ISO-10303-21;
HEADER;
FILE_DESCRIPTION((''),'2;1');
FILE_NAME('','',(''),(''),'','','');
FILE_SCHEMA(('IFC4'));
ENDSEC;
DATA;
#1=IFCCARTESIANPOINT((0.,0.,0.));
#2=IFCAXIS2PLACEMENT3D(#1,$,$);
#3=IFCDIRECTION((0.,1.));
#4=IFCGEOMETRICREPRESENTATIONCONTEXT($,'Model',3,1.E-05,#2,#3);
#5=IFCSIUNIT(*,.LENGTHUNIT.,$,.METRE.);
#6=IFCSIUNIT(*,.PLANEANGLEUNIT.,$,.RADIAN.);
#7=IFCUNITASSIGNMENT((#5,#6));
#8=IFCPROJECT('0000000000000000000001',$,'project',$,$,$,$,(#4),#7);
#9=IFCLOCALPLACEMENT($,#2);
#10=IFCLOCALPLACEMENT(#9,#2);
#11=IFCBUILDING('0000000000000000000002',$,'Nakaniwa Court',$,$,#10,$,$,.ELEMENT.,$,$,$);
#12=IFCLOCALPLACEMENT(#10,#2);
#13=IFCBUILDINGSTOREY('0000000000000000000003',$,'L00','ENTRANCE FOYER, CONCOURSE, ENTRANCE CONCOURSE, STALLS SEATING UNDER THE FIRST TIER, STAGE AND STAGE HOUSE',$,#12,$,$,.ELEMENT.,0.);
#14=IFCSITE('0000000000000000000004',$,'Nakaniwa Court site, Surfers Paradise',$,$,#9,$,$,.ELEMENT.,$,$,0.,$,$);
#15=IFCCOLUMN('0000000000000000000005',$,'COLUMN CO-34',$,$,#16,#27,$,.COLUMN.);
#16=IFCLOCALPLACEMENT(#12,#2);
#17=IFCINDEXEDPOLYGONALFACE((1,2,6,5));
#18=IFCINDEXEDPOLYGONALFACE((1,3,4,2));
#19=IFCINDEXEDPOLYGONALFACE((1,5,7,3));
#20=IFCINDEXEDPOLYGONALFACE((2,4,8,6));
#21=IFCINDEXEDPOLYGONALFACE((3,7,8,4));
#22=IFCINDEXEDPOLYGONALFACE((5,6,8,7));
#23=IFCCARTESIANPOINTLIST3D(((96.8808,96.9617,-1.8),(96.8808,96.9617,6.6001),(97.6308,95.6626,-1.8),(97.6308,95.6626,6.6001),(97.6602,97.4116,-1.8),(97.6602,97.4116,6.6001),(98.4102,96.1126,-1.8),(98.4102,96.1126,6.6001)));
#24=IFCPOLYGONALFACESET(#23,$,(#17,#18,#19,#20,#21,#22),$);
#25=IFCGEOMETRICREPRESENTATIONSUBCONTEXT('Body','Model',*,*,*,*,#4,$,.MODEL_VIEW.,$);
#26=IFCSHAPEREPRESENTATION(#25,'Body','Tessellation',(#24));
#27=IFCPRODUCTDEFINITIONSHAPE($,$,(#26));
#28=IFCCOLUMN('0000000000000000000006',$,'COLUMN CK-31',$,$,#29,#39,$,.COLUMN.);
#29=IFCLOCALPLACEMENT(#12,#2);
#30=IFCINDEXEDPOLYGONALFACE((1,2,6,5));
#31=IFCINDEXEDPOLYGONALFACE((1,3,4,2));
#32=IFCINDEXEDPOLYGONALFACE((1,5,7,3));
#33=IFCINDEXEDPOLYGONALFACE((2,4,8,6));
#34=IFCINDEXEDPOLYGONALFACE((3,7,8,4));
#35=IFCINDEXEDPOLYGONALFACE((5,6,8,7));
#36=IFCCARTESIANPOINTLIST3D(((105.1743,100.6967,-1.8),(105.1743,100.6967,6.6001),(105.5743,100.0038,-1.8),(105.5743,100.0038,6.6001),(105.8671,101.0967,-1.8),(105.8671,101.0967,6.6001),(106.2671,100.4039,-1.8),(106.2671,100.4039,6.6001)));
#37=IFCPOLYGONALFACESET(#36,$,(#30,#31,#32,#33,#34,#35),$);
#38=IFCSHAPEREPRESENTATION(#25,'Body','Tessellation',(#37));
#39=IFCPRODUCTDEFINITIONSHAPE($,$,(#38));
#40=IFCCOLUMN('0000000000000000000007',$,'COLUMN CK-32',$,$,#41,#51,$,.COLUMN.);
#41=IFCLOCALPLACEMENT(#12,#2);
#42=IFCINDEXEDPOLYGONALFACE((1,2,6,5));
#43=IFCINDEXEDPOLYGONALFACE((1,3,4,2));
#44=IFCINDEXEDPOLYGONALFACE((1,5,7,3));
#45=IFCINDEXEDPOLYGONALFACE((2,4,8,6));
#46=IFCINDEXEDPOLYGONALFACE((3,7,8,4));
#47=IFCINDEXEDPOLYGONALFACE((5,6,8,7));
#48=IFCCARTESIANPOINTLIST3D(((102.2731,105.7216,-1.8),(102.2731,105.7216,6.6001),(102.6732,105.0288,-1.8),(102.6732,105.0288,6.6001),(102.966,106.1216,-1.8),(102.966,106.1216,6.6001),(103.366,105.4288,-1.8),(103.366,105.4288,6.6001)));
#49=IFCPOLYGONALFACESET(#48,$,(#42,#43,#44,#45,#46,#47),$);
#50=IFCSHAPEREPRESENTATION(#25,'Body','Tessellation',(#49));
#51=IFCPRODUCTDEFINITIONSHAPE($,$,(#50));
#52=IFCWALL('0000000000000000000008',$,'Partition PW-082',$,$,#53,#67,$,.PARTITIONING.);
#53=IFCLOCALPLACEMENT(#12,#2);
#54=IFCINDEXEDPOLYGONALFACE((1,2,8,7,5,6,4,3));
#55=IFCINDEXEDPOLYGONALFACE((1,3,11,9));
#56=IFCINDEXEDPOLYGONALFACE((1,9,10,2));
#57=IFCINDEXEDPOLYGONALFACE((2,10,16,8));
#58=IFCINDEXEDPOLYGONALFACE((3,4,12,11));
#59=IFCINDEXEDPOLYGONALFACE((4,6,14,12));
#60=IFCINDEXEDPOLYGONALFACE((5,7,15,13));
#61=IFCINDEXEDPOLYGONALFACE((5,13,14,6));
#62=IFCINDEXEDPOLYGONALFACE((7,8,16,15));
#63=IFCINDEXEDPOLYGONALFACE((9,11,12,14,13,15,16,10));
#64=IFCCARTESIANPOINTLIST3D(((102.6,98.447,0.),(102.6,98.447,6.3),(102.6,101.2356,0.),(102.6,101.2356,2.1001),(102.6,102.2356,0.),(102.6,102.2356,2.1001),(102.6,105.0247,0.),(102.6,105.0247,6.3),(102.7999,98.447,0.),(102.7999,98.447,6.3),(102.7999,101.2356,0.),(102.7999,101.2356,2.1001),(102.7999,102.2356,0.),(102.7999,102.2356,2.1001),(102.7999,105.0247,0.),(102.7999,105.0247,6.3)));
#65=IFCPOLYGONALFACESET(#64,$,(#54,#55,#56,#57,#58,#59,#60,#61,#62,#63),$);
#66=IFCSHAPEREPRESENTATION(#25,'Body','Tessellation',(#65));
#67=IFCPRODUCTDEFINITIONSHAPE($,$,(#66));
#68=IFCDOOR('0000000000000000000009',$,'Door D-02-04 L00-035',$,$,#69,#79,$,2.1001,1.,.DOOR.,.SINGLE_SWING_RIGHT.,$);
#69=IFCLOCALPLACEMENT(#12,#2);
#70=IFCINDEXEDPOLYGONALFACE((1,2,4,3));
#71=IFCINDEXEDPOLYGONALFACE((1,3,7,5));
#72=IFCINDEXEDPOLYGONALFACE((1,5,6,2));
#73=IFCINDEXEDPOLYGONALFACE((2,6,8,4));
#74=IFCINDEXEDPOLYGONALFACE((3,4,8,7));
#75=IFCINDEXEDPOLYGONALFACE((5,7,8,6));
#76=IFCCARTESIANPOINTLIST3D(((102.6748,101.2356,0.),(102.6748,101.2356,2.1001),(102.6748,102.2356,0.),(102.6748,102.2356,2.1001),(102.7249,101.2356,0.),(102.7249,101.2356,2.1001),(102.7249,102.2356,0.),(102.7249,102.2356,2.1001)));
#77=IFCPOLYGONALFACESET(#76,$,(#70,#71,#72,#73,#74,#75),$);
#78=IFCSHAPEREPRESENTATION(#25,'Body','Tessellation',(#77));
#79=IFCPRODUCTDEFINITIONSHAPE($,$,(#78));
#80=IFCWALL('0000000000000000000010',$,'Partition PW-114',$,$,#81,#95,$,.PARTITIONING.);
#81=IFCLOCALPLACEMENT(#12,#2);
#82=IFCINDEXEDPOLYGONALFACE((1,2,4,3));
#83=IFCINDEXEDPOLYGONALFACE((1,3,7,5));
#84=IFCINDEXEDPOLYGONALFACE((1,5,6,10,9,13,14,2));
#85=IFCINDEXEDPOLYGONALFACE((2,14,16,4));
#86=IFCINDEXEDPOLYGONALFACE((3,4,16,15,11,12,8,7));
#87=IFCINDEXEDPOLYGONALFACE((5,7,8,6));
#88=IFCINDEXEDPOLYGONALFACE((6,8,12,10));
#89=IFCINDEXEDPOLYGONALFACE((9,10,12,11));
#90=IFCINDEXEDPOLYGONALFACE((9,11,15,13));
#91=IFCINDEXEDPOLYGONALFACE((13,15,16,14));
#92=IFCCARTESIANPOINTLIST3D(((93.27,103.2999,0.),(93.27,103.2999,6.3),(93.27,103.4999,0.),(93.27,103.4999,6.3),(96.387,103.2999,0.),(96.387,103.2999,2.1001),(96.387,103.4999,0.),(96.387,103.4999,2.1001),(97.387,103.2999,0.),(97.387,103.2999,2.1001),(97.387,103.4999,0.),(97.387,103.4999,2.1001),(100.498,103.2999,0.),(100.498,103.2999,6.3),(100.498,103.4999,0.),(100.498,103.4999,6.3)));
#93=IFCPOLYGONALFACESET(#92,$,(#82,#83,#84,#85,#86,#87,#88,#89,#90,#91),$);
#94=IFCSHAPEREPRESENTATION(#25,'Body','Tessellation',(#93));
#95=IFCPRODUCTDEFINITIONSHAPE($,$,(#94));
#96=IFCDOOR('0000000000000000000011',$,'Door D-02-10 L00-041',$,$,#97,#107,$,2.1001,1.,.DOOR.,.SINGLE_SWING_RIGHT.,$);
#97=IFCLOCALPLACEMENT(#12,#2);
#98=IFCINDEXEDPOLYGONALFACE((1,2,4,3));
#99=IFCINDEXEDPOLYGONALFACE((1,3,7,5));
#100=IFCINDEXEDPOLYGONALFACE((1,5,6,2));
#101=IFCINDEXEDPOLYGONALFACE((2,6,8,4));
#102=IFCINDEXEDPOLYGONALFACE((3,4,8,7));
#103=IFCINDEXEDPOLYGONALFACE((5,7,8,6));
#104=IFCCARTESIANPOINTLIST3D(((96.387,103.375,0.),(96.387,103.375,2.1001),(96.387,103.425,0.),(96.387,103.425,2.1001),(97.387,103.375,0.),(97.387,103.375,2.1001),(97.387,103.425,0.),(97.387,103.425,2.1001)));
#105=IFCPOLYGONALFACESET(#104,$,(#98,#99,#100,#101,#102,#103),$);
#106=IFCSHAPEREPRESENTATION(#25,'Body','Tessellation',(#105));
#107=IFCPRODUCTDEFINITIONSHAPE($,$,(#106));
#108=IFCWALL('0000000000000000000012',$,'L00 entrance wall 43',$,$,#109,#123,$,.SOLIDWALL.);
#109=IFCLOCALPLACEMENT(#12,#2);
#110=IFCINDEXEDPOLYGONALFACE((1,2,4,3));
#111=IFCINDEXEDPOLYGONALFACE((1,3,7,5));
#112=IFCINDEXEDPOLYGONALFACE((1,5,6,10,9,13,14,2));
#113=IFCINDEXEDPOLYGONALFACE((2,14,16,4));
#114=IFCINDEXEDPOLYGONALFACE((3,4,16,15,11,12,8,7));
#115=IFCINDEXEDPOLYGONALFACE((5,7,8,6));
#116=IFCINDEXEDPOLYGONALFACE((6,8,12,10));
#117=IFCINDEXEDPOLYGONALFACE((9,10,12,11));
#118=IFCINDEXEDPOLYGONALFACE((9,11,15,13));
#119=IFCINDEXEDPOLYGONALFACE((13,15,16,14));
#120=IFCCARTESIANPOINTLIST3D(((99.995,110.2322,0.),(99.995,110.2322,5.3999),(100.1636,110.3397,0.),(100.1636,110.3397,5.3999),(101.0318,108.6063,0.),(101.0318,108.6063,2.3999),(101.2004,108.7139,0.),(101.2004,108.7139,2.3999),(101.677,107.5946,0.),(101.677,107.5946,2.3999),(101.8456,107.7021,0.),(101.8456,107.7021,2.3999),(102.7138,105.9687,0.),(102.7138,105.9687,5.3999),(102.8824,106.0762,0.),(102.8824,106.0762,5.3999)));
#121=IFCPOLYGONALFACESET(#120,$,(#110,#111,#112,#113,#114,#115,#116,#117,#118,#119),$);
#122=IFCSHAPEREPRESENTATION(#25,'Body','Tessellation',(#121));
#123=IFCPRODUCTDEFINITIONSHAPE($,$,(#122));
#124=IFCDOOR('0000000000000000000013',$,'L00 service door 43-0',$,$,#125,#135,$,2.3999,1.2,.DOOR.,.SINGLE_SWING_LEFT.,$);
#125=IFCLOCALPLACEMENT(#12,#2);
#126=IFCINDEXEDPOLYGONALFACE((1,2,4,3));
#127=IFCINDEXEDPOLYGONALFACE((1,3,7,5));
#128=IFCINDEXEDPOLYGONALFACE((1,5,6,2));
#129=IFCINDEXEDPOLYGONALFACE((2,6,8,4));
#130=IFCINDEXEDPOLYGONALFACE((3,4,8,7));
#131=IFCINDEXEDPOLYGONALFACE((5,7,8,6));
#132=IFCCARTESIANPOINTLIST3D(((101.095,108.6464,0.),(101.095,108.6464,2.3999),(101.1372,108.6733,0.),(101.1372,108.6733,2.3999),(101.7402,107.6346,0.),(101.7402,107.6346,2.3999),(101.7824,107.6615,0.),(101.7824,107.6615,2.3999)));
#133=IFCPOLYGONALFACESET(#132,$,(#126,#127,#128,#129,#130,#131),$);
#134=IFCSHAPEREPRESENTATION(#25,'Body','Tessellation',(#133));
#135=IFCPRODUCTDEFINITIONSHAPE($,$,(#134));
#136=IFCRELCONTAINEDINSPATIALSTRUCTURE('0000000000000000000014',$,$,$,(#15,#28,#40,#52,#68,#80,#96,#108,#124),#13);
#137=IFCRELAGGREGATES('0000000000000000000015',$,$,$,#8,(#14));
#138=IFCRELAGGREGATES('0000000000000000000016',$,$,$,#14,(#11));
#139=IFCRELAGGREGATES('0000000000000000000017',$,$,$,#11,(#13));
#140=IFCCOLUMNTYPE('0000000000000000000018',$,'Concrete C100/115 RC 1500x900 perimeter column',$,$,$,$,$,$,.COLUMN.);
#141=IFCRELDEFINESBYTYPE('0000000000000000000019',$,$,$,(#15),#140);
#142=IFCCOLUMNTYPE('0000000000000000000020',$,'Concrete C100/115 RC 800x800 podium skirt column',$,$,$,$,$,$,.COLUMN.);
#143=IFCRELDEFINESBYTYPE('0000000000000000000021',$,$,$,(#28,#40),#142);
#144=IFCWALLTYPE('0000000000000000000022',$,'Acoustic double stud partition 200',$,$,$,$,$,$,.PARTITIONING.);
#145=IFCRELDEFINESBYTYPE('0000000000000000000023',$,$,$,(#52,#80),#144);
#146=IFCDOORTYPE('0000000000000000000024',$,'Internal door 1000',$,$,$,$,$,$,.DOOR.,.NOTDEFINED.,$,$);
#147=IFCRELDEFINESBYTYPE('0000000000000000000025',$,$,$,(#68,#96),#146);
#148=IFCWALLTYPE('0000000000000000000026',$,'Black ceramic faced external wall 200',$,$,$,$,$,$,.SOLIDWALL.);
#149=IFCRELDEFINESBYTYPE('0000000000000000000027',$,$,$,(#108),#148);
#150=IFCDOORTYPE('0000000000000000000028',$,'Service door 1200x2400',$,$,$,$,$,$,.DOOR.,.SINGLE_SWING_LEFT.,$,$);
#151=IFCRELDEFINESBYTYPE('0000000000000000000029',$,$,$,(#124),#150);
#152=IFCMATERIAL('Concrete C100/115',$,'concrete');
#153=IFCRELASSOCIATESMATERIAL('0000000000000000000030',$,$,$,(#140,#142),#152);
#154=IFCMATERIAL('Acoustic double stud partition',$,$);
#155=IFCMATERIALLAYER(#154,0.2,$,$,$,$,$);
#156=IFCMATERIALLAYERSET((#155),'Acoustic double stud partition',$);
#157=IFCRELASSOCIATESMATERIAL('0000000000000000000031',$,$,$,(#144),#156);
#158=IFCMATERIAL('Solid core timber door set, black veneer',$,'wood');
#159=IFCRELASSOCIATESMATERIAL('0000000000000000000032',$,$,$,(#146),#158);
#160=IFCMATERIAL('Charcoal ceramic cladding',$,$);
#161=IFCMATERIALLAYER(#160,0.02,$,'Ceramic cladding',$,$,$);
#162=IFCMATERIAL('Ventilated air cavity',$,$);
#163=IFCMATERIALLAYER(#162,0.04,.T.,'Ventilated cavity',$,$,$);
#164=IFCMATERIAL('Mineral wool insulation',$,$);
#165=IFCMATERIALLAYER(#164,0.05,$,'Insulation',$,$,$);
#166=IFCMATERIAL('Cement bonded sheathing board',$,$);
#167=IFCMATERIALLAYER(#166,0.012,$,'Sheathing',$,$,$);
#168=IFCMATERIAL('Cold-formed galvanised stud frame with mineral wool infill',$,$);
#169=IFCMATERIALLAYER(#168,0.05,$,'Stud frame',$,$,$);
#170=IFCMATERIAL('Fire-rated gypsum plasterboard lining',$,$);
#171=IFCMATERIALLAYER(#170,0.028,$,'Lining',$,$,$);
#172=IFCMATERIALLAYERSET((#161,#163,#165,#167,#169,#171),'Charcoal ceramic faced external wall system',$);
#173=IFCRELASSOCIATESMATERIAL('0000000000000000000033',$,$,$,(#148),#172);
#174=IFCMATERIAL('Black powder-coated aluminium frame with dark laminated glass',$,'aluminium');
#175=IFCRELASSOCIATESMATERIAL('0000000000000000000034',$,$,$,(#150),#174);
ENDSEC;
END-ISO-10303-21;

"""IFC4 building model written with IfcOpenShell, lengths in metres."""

from ifc_helpers import new_model, si_unit, direction, frame, frame_2d, origin, origin_2d, place, context, subcontext, project, spatial, rectangle, extrude, material, layer, layer_set, material_profile, profile_set, type_object, element, fill, save


model = new_model("IFC4")

# Units and contexts
model_context = context("Model", 3, precision=1e-05, world=origin(), true_north=direction((0.0, 1.0)))
body_context = subcontext(model_context, "Body", "Model", "MODEL_VIEW")
ifc_project = project(units=[si_unit("LENGTHUNIT", "METRE"), si_unit("PLANEANGLEUNIT", "RADIAN")], contexts=[model_context])

# Site, building, storey
site_placement = place(None, origin())
site = spatial("IfcSite", under=ifc_project, at=site_placement, Name="Nakaniwa Court site, Surfers Paradise", CompositionType="ELEMENT", RefElevation=0.0)
building_placement = place(site_placement, origin())
building = spatial("IfcBuilding", under=site, at=building_placement, Name="Nakaniwa Court", CompositionType="ELEMENT")
storey_placement = place(building_placement, origin())
storey = spatial("IfcBuildingStorey", under=building, at=storey_placement, Name="L00", Description="ENTRANCE FOYER, CONCOURSE, ENTRANCE CONCOURSE, STALLS SEATING UNDER THE FIRST TIER, STAGE AND STAGE HOUSE", CompositionType="ELEMENT", Elevation=0.0)

# Columns
ifc_material_1 = material(Name="Concrete C100/115", Category="concrete")
ifc_material_profile_1 = material_profile(ifc_material_1, rectangle(XDim=1.5, YDim=0.8999, at=origin_2d()), Name="Concrete C100/115 RC 1500x900 perimeter column")
ifc_profile_set_1 = profile_set([ifc_material_profile_1], Name="Concrete C100/115")
column_type_1 = type_object("IfcColumnType", Name="Concrete C100/115 RC 1500x900 perimeter column", PredefinedType="COLUMN", material=ifc_profile_set_1)
column_placement = place(storey_placement, frame((97.6455, 96.5371, -1.8), z_axis=(0.0, 0.0, 1.0), x_axis=(-0.5, 0.866025, 0.0)))
element("IfcColumn", 1, at=column_placement, inside=storey, type_object=column_type_1, Name="COLUMN CO-34", PredefinedType="COLUMN", context=body_context, shape_type="SweptSolid", body=[
    extrude(rectangle(XDim=1.5, YDim=0.8999, at=origin_2d()), origin(), (0.0, 0.0, 1.0), 8.4001),
])
ifc_material_profile_2 = material_profile(ifc_material_1, rectangle(XDim=0.8, YDim=0.8, at=origin_2d()), Name="Concrete C100/115 RC 800x800 podium skirt column")
ifc_profile_set_2 = profile_set([ifc_material_profile_2], Name="Concrete C100/115")
column_type_2 = type_object("IfcColumnType", Name="Concrete C100/115 RC 800x800 podium skirt column", PredefinedType="COLUMN", material=ifc_profile_set_2)
for number, where, z_axis, x_axis, name in (
    (2, (105.7207, 100.5503, -1.8), (0.0, 0.0, 1.0), (-0.5, 0.866025, 0.0), "COLUMN CK-31"),
    (3, (102.8196, 105.5752, -1.8), (0.0, 0.0, 1.0), (-0.5, 0.866025, 0.0), "COLUMN CK-32"),
):
    element("IfcColumn", number, at=place(storey_placement, frame(where, z_axis=z_axis, x_axis=x_axis)), inside=storey, type_object=column_type_2, Name=name, PredefinedType="COLUMN", context=body_context, shape_type="SweptSolid", body=[
        extrude(rectangle(XDim=0.8, YDim=0.8, at=origin_2d()), origin(), (0.0, 0.0, 1.0), 8.4001),
    ])

# Walls, openings, doors
ifc_material_2 = material(Name="Acoustic double stud partition")
ifc_layer_1 = layer(ifc_material_2, 0.2)
ifc_layer_set_1 = layer_set([ifc_layer_1], Name="Acoustic double stud partition")
wall_type_1 = type_object("IfcWallType", Name="Acoustic double stud partition 200", PredefinedType="PARTITIONING", material=ifc_layer_set_1)
wall_1_placement = place(storey_placement, frame((102.7, 105.0247, 0.0), z_axis=(0.0, 0.0, 1.0), x_axis=(0.0, -1.0, 0.0)))
wall_1 = element("IfcWall", 4, at=wall_1_placement, inside=storey, type_object=wall_type_1, Name="Partition PW-082", PredefinedType="PARTITIONING", context=body_context, shape_type="SweptSolid", body=[
    extrude(rectangle(XDim=6.5776, YDim=0.2, at=frame_2d((3.2888, 0.0))), origin(), (0.0, 0.0, 1.0), 6.3),
])
opening_1_placement = place(wall_1_placement, frame((2.7891, 0.0, 0.0)))
opening_1 = element("IfcOpeningElement", 5, at=opening_1_placement, cuts=wall_1, PredefinedType="OPENING", context=body_context, shape_type="SweptSolid", body=[
    extrude(rectangle(XDim=1.0, YDim=2.1001, at=frame_2d((0.5, 1.05))), frame((0.0, 0.1099, 0.0), z_axis=(0.0, -1.0, 0.0), x_axis=(1.0, 0.0, 0.0)), (0.0, 0.0, 1.0), 0.22),
])
ifc_material_3 = material(Name="Solid core timber door set, black veneer", Category="wood")
door_type_1 = type_object("IfcDoorType", Name="Internal door 1000", OperationType="NOTDEFINED", PredefinedType="DOOR", material=ifc_material_3)
door_1_placement = place(opening_1_placement, origin())
door_1 = element("IfcDoor", 6, at=door_1_placement, inside=storey, type_object=door_type_1, Name="Door D-02-04 L00-035", OperationType="SINGLE_SWING_RIGHT", OverallHeight=2.1001, OverallWidth=1.0, PredefinedType="DOOR", context=body_context, shape_type="SweptSolid", body=[
    extrude(rectangle(XDim=1.0, YDim=2.1001, at=frame_2d((0.5, 1.05))), frame((0.0, 0.0249, 0.0), z_axis=(0.0, -1.0, 0.0), x_axis=(1.0, 0.0, 0.0)), (0.0, 0.0, 1.0), 0.05),
])
fill(opening_1, door_1)
wall_2_placement = place(storey_placement, frame((100.498, 103.3999, 0.0), z_axis=(0.0, 0.0, 1.0), x_axis=(-1.0, 0.0, 0.0)))
wall_2 = element("IfcWall", 7, at=wall_2_placement, inside=storey, type_object=wall_type_1, Name="Partition PW-114", PredefinedType="PARTITIONING", context=body_context, shape_type="SweptSolid", body=[
    extrude(rectangle(XDim=7.228, YDim=0.2, at=frame_2d((3.614, 0.0))), origin(), (0.0, 0.0, 1.0), 6.3),
])
opening_2_placement = place(wall_2_placement, frame((3.1111, 0.0, 0.0)))
opening_2 = element("IfcOpeningElement", 8, at=opening_2_placement, cuts=wall_2, PredefinedType="OPENING", context=body_context, shape_type="SweptSolid", body=[
    extrude(rectangle(XDim=1.0, YDim=2.1001, at=frame_2d((0.5, 1.05))), frame((0.0, 0.1099, 0.0), z_axis=(0.0, -1.0, 0.0), x_axis=(1.0, 0.0, 0.0)), (0.0, 0.0, 1.0), 0.22),
])
door_2_placement = place(opening_2_placement, origin())
door_2 = element("IfcDoor", 9, at=door_2_placement, inside=storey, type_object=door_type_1, Name="Door D-02-10 L00-041", OperationType="SINGLE_SWING_RIGHT", OverallHeight=2.1001, OverallWidth=1.0, PredefinedType="DOOR", context=body_context, shape_type="SweptSolid", body=[
    extrude(rectangle(XDim=1.0, YDim=2.1001, at=frame_2d((0.5, 1.05))), frame((0.0, 0.0249, 0.0), z_axis=(0.0, -1.0, 0.0), x_axis=(1.0, 0.0, 0.0)), (0.0, 0.0, 1.0), 0.05),
])
fill(opening_2, door_2)
ifc_material_4 = material(Name="Charcoal ceramic cladding")
ifc_layer_2 = layer(ifc_material_4, 0.02, Name="Ceramic cladding")
ifc_material_5 = material(Name="Ventilated air cavity")
ifc_layer_3 = layer(ifc_material_5, 0.04, ventilated=True, Name="Ventilated cavity")
ifc_material_6 = material(Name="Mineral wool insulation")
ifc_layer_4 = layer(ifc_material_6, 0.05, Name="Insulation")
ifc_material_7 = material(Name="Cement bonded sheathing board")
ifc_layer_5 = layer(ifc_material_7, 0.012, Name="Sheathing")
ifc_material_8 = material(Name="Cold-formed galvanised stud frame with mineral wool infill")
ifc_layer_6 = layer(ifc_material_8, 0.05, Name="Stud frame")
ifc_material_9 = material(Name="Fire-rated gypsum plasterboard lining")
ifc_layer_7 = layer(ifc_material_9, 0.028, Name="Lining")
ifc_layer_set_2 = layer_set([ifc_layer_2, ifc_layer_3, ifc_layer_4, ifc_layer_5, ifc_layer_6, ifc_layer_7], Name="Charcoal ceramic faced external wall system")
wall_type_2 = type_object("IfcWallType", Name="Black ceramic faced external wall 200", PredefinedType="SOLIDWALL", material=ifc_layer_set_2)
ifc_material_10 = material(Name="Black powder-coated aluminium frame with dark laminated glass", Category="aluminium")
wall_3_placement = place(storey_placement, frame((102.7981, 106.0225, 0.0), z_axis=(0.0, 0.0, 1.0), x_axis=(-0.537672, 0.843154, 0.0)))
wall_3 = element("IfcWall", 10, at=wall_3_placement, inside=storey, type_object=wall_type_2, Name="L00 entrance wall 43", PredefinedType="SOLIDWALL", context=body_context, shape_type="SweptSolid", body=[
    extrude(rectangle(XDim=5.0566, YDim=0.2, at=frame_2d((2.5283, 0.0))), origin(), (0.0, 0.0, 1.0), 5.3999),
])
opening_3_placement = place(wall_3_placement, frame((1.9282, 0.0, 0.0)))
opening_3 = element("IfcOpeningElement", 11, at=opening_3_placement, cuts=wall_3, PredefinedType="OPENING", context=body_context, shape_type="SweptSolid", body=[
    extrude(rectangle(XDim=1.2, YDim=2.3999, at=frame_2d((0.6001, 1.2))), frame((0.0, 0.1099, 0.0), z_axis=(0.0, -1.0, 0.0), x_axis=(1.0, 0.0, 0.0)), (0.0, 0.0, 1.0), 0.22),
])
door_type_2 = type_object("IfcDoorType", Name="Service door 1200x2400", OperationType="SINGLE_SWING_LEFT", PredefinedType="DOOR", material=ifc_material_10)
door_3_placement = place(opening_3_placement, frame((1.2, 0.0, 0.0), z_axis=(0.0, 0.0, 1.0), x_axis=(-1.0, 0.0, 0.0)))
door_3 = element("IfcDoor", 12, at=door_3_placement, inside=storey, type_object=door_type_2, Name="L00 service door 43-0", OperationType="SINGLE_SWING_LEFT", OverallHeight=2.3999, OverallWidth=1.2, PredefinedType="DOOR", context=body_context, shape_type="SweptSolid", body=[
    extrude(rectangle(XDim=1.2, YDim=2.3999, at=frame_2d((0.6001, 1.2))), frame((0.0, 0.0249, 0.0), z_axis=(0.0, -1.0, 0.0), x_axis=(1.0, 0.0, 0.0)), (0.0, 0.0, 1.0), 0.05),
])
fill(opening_3, door_3)

save(model, "model.ifc")
